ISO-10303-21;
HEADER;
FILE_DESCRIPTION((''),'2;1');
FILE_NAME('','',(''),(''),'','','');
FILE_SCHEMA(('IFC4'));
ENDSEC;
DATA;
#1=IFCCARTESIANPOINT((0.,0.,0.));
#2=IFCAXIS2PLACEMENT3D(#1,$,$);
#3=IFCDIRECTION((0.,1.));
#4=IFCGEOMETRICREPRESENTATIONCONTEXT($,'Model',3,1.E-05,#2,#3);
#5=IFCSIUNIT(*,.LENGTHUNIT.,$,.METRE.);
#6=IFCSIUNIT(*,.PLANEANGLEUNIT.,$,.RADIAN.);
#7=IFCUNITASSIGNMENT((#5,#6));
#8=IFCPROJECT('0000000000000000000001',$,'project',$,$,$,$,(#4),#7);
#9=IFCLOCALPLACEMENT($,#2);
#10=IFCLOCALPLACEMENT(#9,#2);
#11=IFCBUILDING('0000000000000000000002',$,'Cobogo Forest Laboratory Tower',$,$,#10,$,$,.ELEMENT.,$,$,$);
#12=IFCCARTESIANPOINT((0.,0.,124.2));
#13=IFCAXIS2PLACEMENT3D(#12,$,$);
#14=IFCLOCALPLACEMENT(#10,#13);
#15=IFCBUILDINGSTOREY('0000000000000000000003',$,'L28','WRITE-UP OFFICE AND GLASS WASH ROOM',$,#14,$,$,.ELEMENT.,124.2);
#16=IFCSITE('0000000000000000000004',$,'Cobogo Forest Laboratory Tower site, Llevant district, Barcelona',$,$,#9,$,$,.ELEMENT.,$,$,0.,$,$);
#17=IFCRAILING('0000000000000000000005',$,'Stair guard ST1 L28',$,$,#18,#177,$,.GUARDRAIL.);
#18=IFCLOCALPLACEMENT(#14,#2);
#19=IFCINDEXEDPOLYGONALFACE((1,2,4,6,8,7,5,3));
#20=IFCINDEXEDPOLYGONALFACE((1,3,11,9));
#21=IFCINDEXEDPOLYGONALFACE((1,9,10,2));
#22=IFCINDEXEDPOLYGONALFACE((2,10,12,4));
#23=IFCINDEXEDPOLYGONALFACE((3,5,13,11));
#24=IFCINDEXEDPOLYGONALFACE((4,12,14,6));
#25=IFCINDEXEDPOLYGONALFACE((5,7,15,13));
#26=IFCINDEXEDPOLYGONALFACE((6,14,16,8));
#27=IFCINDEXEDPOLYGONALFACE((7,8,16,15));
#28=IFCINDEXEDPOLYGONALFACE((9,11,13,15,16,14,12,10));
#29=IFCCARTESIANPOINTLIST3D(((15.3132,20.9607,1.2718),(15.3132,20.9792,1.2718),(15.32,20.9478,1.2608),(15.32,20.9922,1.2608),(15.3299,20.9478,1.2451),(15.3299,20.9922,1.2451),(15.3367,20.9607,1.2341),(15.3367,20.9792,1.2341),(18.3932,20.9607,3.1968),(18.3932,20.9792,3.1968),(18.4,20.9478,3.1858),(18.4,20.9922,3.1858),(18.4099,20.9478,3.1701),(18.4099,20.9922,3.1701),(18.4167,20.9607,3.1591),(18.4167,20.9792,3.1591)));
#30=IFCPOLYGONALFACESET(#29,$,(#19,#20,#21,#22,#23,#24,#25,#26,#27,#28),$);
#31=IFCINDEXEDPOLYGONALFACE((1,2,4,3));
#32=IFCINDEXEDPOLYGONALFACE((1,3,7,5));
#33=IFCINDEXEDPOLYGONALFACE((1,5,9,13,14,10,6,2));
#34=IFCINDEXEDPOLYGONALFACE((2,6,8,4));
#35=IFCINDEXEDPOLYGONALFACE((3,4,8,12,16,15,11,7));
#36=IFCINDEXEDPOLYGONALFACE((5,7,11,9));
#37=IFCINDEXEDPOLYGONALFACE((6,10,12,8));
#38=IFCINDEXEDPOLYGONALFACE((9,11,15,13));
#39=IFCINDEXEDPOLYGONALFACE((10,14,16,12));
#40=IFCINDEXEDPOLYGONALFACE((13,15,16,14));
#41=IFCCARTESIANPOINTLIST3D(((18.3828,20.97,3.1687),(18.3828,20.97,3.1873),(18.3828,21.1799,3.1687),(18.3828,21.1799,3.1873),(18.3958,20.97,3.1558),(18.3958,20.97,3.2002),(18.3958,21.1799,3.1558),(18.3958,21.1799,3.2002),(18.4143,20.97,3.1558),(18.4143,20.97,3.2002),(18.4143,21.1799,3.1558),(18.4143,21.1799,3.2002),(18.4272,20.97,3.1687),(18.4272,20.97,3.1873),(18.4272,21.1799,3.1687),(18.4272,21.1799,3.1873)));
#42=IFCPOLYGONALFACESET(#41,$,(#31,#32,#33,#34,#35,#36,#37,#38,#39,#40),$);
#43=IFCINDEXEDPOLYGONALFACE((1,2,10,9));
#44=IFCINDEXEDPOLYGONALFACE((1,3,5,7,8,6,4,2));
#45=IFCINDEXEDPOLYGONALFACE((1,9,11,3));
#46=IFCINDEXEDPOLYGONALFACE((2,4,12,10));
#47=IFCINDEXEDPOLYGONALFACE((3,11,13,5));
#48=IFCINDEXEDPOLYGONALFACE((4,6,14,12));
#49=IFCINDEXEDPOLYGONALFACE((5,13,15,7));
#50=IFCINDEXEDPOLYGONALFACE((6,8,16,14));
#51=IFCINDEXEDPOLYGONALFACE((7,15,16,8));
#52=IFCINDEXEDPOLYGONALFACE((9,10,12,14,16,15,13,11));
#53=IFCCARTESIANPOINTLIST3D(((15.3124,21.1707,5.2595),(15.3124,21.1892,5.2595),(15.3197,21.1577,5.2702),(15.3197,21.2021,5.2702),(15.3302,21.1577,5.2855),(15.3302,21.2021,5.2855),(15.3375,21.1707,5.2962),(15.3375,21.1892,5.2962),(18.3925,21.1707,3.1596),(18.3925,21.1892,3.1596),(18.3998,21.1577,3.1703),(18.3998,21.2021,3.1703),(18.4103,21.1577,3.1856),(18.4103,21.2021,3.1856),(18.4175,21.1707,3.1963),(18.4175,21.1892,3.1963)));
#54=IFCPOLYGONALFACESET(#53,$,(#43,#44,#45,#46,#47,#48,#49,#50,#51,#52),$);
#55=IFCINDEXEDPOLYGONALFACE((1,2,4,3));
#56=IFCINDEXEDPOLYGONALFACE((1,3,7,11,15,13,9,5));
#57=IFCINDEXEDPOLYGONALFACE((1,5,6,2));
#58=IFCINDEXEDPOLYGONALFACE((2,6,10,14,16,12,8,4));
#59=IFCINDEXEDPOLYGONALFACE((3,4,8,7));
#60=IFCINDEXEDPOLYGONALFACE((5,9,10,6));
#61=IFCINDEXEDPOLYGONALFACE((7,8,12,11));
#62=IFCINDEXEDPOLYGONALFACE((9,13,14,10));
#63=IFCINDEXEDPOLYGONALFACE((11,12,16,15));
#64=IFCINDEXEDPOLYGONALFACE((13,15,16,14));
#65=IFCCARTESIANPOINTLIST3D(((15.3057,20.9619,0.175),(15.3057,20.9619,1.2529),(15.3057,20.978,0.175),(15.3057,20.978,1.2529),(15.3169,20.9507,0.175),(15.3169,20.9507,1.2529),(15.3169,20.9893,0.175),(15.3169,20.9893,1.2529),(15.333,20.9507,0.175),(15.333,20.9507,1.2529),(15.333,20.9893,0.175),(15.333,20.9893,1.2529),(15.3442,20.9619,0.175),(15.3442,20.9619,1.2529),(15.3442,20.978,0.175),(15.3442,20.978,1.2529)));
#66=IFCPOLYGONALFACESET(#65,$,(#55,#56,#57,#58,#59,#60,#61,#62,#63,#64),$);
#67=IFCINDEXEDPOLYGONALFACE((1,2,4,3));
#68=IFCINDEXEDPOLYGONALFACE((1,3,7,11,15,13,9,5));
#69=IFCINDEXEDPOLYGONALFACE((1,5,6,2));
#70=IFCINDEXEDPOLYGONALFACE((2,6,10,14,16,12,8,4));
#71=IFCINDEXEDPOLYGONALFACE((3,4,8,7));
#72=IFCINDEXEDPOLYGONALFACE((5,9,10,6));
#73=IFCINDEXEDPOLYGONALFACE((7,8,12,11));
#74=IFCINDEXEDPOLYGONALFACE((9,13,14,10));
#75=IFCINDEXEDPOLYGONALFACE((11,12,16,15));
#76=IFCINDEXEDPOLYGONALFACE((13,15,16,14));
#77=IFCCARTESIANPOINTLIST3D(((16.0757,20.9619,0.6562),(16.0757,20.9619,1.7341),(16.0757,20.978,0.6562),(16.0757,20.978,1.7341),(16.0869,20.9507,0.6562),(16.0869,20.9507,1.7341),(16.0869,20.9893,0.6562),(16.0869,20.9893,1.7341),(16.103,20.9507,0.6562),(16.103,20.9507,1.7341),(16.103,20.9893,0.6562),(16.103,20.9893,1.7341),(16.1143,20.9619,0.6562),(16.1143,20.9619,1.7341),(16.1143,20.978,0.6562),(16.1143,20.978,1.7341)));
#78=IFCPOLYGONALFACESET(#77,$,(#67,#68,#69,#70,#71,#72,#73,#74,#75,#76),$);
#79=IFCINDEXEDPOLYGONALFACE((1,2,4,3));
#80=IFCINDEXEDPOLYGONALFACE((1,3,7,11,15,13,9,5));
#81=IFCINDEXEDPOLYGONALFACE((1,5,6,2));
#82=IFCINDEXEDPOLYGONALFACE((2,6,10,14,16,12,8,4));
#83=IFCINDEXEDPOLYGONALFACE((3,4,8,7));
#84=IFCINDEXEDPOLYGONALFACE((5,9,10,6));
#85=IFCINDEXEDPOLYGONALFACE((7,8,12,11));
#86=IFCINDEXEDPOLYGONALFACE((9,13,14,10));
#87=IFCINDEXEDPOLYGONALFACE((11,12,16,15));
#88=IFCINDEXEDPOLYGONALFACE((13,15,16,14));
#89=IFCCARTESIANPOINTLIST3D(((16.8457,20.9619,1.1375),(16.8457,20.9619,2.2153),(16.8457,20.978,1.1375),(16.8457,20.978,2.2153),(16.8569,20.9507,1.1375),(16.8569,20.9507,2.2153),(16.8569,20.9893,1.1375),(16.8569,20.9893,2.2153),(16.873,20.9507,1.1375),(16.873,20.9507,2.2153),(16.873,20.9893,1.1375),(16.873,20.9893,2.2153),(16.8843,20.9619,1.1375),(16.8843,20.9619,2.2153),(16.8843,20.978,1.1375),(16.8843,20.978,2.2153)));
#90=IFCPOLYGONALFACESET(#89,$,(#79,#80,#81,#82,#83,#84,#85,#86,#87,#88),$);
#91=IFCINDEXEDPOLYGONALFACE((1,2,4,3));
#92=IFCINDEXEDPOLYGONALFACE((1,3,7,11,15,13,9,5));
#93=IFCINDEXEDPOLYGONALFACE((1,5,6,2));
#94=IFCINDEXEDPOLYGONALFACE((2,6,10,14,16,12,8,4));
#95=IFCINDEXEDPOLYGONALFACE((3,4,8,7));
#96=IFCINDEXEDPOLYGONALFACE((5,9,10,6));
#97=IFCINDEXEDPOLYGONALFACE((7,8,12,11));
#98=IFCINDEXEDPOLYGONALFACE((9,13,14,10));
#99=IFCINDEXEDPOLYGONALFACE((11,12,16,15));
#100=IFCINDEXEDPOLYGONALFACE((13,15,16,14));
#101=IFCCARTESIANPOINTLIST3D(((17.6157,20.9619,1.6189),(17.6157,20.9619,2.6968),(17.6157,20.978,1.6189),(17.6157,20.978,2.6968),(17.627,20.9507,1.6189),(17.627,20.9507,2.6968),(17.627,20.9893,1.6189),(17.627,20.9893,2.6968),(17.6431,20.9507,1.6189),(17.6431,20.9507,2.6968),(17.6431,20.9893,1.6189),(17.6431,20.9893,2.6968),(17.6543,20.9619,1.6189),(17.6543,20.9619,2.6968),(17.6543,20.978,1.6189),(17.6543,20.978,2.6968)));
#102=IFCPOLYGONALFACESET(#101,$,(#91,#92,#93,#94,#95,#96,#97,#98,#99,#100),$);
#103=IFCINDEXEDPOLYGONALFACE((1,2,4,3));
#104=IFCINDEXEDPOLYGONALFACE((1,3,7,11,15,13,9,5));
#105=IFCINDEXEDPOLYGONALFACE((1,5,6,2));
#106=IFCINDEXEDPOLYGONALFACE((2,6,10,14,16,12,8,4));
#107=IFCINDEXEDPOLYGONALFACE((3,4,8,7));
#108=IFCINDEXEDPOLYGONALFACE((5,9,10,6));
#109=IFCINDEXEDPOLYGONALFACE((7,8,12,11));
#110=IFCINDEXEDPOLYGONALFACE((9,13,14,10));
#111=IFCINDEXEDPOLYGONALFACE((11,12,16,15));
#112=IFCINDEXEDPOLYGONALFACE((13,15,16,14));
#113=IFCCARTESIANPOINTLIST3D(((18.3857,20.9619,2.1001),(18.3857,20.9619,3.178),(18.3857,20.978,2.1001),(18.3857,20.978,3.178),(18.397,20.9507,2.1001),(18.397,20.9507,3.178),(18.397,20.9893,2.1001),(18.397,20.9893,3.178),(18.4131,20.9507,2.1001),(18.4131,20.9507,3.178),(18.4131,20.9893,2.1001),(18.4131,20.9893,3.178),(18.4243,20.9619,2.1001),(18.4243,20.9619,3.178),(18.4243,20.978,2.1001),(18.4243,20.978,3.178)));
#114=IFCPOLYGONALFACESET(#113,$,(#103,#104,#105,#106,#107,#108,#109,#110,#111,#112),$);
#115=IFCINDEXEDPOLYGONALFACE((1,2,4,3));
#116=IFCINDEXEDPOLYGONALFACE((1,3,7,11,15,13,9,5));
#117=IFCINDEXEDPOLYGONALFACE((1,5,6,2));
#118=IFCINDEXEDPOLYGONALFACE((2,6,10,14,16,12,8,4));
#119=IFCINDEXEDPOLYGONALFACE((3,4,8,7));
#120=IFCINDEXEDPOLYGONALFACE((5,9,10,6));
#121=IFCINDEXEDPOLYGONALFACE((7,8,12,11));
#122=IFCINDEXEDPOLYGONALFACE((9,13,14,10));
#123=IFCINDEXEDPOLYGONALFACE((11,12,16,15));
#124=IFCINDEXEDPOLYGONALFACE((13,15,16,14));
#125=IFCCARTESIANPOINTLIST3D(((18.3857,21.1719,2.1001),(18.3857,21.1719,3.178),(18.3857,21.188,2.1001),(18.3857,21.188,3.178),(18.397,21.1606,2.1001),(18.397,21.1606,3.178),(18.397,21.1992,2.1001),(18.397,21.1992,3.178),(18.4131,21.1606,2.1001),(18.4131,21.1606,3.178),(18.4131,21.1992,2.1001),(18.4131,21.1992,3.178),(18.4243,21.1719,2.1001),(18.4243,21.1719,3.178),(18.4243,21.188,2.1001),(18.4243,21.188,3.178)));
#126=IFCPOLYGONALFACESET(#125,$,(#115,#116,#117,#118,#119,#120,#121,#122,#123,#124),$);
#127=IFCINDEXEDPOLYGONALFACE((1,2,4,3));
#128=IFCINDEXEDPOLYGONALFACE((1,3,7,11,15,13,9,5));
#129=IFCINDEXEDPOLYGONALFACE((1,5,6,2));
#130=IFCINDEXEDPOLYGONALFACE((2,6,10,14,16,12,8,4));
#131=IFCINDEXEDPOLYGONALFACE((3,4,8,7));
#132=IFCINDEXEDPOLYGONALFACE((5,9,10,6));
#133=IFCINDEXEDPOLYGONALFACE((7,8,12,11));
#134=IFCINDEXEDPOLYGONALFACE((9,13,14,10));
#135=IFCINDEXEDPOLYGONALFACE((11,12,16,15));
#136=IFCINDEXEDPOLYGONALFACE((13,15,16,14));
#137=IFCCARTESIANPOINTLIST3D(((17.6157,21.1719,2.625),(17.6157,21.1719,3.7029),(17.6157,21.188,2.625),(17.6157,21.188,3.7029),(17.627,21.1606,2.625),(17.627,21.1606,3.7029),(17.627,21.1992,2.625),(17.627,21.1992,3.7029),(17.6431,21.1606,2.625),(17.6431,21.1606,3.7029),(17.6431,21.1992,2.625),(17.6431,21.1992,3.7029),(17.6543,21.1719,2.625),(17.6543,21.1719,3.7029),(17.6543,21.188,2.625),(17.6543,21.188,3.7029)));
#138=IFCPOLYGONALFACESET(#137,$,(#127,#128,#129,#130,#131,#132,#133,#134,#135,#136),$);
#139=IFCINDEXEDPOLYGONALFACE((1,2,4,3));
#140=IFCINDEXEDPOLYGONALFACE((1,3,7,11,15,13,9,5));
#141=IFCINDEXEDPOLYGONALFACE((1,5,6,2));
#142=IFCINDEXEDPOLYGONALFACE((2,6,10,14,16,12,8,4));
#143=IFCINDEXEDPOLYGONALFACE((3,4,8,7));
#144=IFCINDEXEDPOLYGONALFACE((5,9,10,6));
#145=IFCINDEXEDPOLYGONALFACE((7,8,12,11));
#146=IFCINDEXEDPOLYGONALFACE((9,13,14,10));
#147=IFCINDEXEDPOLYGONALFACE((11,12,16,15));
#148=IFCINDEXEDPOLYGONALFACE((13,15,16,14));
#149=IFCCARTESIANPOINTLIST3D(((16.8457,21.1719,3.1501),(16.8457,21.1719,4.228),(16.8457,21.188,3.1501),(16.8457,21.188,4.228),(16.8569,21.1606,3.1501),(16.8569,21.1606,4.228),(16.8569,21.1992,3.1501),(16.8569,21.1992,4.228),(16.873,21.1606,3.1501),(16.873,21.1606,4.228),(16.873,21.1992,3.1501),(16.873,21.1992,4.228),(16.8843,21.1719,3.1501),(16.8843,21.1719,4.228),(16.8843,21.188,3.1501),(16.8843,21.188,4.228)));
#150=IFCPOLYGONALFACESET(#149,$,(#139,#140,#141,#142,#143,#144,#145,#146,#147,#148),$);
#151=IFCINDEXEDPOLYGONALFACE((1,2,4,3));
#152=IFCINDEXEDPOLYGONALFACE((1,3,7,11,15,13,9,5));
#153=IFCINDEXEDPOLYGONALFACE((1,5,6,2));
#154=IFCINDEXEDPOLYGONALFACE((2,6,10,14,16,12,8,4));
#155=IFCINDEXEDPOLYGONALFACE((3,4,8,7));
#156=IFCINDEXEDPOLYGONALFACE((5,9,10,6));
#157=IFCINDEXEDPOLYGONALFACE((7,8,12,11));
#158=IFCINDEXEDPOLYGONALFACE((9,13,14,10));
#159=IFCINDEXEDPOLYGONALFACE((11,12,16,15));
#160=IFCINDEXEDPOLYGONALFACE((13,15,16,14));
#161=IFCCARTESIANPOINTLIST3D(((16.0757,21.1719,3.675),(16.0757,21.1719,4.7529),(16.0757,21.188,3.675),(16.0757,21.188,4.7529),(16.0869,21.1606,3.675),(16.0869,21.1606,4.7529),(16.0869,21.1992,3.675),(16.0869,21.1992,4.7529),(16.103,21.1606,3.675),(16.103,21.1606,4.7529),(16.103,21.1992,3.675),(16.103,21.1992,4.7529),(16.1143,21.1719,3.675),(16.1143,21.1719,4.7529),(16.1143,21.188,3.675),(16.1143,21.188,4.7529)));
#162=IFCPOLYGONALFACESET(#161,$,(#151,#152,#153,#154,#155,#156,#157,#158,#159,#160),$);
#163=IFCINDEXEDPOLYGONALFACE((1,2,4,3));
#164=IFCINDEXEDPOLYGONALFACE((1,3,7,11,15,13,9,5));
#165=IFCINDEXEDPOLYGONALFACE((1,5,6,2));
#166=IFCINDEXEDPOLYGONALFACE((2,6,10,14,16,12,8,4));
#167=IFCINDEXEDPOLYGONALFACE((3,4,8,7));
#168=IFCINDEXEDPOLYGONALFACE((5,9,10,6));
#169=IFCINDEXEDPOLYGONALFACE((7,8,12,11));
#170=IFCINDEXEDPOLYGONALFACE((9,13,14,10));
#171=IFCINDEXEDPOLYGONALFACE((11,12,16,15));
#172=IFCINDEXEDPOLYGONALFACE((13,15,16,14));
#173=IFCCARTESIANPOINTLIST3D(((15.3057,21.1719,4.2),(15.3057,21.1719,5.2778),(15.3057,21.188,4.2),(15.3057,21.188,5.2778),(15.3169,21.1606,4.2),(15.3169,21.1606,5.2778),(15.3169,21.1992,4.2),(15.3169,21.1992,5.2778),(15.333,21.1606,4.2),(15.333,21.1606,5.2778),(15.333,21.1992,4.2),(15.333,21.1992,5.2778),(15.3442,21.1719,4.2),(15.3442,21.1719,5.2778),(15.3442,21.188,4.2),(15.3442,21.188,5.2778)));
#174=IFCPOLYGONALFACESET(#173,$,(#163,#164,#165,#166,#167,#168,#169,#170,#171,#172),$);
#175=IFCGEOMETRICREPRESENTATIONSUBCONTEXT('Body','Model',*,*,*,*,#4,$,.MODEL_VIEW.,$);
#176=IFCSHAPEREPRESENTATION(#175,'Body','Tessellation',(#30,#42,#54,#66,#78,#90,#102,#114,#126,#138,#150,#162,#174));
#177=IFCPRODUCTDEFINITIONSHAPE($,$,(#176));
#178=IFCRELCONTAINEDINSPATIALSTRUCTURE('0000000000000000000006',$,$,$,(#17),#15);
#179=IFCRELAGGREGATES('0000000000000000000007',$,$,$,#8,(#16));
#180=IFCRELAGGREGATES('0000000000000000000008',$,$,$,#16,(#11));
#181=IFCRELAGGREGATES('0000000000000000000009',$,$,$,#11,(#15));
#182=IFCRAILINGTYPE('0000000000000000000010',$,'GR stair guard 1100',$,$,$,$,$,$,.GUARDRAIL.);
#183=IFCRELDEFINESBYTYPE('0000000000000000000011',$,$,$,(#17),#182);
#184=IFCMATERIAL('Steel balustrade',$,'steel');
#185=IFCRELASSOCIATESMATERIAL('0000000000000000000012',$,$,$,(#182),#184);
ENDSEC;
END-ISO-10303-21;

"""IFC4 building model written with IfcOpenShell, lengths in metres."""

from ifc_helpers import new_model, si_unit, direction, frame, origin, place, context, subcontext, project, spatial, polyline, outline, extrude, material, type_object, element, save


model = new_model("IFC4")

# Units and contexts
model_context = context("Model", 3, precision=1e-05, world=origin(), true_north=direction((0.0, 1.0)))
body_context = subcontext(model_context, "Body", "Model", "MODEL_VIEW")
ifc_project = project(units=[si_unit("LENGTHUNIT", "METRE"), si_unit("PLANEANGLEUNIT", "RADIAN")], contexts=[model_context])

# Site, building, storey
site_placement = place(None, origin())
site = spatial("IfcSite", under=ifc_project, at=site_placement, Name="Cobogo Forest Laboratory Tower site, Llevant district, Barcelona", CompositionType="ELEMENT", RefElevation=0.0)
building_placement = place(site_placement, origin())
building = spatial("IfcBuilding", under=site, at=building_placement, Name="Cobogo Forest Laboratory Tower", CompositionType="ELEMENT")
storey_placement = place(building_placement, frame((0.0, 0.0, 124.2)))
storey = spatial("IfcBuildingStorey", under=building, at=storey_placement, Name="L28", Description="WRITE-UP OFFICE AND GLASS WASH ROOM", CompositionType="ELEMENT", Elevation=124.2)

# Railing
ifc_material_1 = material(Name="Steel balustrade", Category="steel")
railing_type_1 = type_object("IfcRailingType", Name="GR stair guard 1100", PredefinedType="GUARDRAIL", material=ifc_material_1)
railing_1_placement = place(storey_placement, frame((15.325, 20.97, 0.175)))
element("IfcRailing", 1, at=railing_1_placement, inside=storey, type_object=railing_type_1, Name="Stair guard ST1 L28", PredefinedType="GUARDRAIL", context=body_context, shape_type="SweptSolid", body=[
    extrude(outline(polyline([(0.0222, 0.0093), (0.0093, 0.0222), (-0.0093, 0.0222), (-0.0222, 0.0093), (-0.0222, -0.0093), (-0.0093, -0.0222), (0.0093, -0.0222), (0.0222, -0.0093), (0.0222, 0.0093)])), frame((0.0, 0.0, 1.0779), z_axis=(0.847998, 0.0, 0.529999), x_axis=(0.0, 1.0, 0.0)), (0.0, 0.0, 1.0), 3.6321),
    extrude(outline(polyline([(0.0222, 0.0093), (0.0093, 0.0222), (-0.0093, 0.0222), (-0.0222, 0.0093), (-0.0222, -0.0093), (-0.0093, -0.0222), (0.0093, -0.0222), (0.0222, -0.0093), (0.0222, 0.0093)])), frame((3.0801, 0.0, 3.0029), z_axis=(0.0, 1.0, 0.0), x_axis=(-1.0, 0.0, 0.0)), (0.0, 0.0, 1.0), 0.21),
    extrude(outline(polyline([(0.0222, 0.0093), (0.0093, 0.0222), (-0.0093, 0.0222), (-0.0222, 0.0093), (-0.0222, -0.0093), (-0.0093, -0.0222), (0.0093, -0.0222), (0.0222, -0.0093), (0.0222, 0.0093)])), frame((3.0801, 0.21, 3.0029), z_axis=(-0.826252, 0.0, 0.5633), x_axis=(0.0, -1.0, 0.0)), (0.0, 0.0, 1.0), 3.7278),
    extrude(outline(polyline([(0.0193, 0.0081), (0.0081, 0.0193), (-0.0081, 0.0193), (-0.0193, 0.0081), (-0.0193, -0.0081), (-0.0081, -0.0193), (0.0081, -0.0193), (0.0193, -0.0081), (0.0193, 0.0081)])), origin(), (0.0, 0.0, 1.0), 1.0779),
    extrude(outline(polyline([(0.0193, 0.0081), (0.0081, 0.0193), (-0.0081, 0.0193), (-0.0193, 0.0081), (-0.0193, -0.0081), (-0.0081, -0.0193), (0.0081, -0.0193), (0.0193, -0.0081), (0.0193, 0.0081)])), frame((0.77, 0.0, 0.4812)), (0.0, 0.0, 1.0), 1.0779),
    extrude(outline(polyline([(0.0193, 0.0081), (0.0081, 0.0193), (-0.0081, 0.0193), (-0.0193, 0.0081), (-0.0193, -0.0081), (-0.0081, -0.0193), (0.0081, -0.0193), (0.0193, -0.0081), (0.0193, 0.0081)])), frame((1.54, 0.0, 0.9624)), (0.0, 0.0, 1.0), 1.0779),
    extrude(outline(polyline([(0.0193, 0.0081), (0.0081, 0.0193), (-0.0081, 0.0193), (-0.0193, 0.0081), (-0.0193, -0.0081), (-0.0081, -0.0193), (0.0081, -0.0193), (0.0193, -0.0081), (0.0193, 0.0081)])), frame((2.3101, 0.0, 1.4438)), (0.0, 0.0, 1.0), 1.0779),
    extrude(outline(polyline([(0.0193, 0.0081), (0.0081, 0.0193), (-0.0081, 0.0193), (-0.0193, 0.0081), (-0.0193, -0.0081), (-0.0081, -0.0193), (0.0081, -0.0193), (0.0193, -0.0081), (0.0193, 0.0081)])), frame((3.0801, 0.0, 1.925)), (0.0, 0.0, 1.0), 1.0779),
    extrude(outline(polyline([(0.0193, 0.0081), (0.0081, 0.0193), (-0.0081, 0.0193), (-0.0193, 0.0081), (-0.0193, -0.0081), (-0.0081, -0.0193), (0.0081, -0.0193), (0.0193, -0.0081), (0.0193, 0.0081)])), frame((3.0801, 0.21, 1.925)), (0.0, 0.0, 1.0), 1.0779),
    extrude(outline(polyline([(0.0193, 0.0081), (0.0081, 0.0193), (-0.0081, 0.0193), (-0.0193, 0.0081), (-0.0193, -0.0081), (-0.0081, -0.0193), (0.0081, -0.0193), (0.0193, -0.0081), (0.0193, 0.0081)])), frame((2.3101, 0.21, 2.45)), (0.0, 0.0, 1.0), 1.0779),
    extrude(outline(polyline([(0.0193, 0.0081), (0.0081, 0.0193), (-0.0081, 0.0193), (-0.0193, 0.0081), (-0.0193, -0.0081), (-0.0081, -0.0193), (0.0081, -0.0193), (0.0193, -0.0081), (0.0193, 0.0081)])), frame((1.54, 0.21, 2.9751)), (0.0, 0.0, 1.0), 1.0779),
    extrude(outline(polyline([(0.0193, 0.0081), (0.0081, 0.0193), (-0.0081, 0.0193), (-0.0193, 0.0081), (-0.0193, -0.0081), (-0.0081, -0.0193), (0.0081, -0.0193), (0.0193, -0.0081), (0.0193, 0.0081)])), frame((0.77, 0.21, 3.5)), (0.0, 0.0, 1.0), 1.0779),
    extrude(outline(polyline([(0.0193, 0.0081), (0.0081, 0.0193), (-0.0081, 0.0193), (-0.0193, 0.0081), (-0.0193, -0.0081), (-0.0081, -0.0193), (0.0081, -0.0193), (0.0193, -0.0081), (0.0193, 0.0081)])), frame((0.0, 0.21, 4.0249)), (0.0, 0.0, 1.0), 1.0779),
])

save(model, "model.ifc")
